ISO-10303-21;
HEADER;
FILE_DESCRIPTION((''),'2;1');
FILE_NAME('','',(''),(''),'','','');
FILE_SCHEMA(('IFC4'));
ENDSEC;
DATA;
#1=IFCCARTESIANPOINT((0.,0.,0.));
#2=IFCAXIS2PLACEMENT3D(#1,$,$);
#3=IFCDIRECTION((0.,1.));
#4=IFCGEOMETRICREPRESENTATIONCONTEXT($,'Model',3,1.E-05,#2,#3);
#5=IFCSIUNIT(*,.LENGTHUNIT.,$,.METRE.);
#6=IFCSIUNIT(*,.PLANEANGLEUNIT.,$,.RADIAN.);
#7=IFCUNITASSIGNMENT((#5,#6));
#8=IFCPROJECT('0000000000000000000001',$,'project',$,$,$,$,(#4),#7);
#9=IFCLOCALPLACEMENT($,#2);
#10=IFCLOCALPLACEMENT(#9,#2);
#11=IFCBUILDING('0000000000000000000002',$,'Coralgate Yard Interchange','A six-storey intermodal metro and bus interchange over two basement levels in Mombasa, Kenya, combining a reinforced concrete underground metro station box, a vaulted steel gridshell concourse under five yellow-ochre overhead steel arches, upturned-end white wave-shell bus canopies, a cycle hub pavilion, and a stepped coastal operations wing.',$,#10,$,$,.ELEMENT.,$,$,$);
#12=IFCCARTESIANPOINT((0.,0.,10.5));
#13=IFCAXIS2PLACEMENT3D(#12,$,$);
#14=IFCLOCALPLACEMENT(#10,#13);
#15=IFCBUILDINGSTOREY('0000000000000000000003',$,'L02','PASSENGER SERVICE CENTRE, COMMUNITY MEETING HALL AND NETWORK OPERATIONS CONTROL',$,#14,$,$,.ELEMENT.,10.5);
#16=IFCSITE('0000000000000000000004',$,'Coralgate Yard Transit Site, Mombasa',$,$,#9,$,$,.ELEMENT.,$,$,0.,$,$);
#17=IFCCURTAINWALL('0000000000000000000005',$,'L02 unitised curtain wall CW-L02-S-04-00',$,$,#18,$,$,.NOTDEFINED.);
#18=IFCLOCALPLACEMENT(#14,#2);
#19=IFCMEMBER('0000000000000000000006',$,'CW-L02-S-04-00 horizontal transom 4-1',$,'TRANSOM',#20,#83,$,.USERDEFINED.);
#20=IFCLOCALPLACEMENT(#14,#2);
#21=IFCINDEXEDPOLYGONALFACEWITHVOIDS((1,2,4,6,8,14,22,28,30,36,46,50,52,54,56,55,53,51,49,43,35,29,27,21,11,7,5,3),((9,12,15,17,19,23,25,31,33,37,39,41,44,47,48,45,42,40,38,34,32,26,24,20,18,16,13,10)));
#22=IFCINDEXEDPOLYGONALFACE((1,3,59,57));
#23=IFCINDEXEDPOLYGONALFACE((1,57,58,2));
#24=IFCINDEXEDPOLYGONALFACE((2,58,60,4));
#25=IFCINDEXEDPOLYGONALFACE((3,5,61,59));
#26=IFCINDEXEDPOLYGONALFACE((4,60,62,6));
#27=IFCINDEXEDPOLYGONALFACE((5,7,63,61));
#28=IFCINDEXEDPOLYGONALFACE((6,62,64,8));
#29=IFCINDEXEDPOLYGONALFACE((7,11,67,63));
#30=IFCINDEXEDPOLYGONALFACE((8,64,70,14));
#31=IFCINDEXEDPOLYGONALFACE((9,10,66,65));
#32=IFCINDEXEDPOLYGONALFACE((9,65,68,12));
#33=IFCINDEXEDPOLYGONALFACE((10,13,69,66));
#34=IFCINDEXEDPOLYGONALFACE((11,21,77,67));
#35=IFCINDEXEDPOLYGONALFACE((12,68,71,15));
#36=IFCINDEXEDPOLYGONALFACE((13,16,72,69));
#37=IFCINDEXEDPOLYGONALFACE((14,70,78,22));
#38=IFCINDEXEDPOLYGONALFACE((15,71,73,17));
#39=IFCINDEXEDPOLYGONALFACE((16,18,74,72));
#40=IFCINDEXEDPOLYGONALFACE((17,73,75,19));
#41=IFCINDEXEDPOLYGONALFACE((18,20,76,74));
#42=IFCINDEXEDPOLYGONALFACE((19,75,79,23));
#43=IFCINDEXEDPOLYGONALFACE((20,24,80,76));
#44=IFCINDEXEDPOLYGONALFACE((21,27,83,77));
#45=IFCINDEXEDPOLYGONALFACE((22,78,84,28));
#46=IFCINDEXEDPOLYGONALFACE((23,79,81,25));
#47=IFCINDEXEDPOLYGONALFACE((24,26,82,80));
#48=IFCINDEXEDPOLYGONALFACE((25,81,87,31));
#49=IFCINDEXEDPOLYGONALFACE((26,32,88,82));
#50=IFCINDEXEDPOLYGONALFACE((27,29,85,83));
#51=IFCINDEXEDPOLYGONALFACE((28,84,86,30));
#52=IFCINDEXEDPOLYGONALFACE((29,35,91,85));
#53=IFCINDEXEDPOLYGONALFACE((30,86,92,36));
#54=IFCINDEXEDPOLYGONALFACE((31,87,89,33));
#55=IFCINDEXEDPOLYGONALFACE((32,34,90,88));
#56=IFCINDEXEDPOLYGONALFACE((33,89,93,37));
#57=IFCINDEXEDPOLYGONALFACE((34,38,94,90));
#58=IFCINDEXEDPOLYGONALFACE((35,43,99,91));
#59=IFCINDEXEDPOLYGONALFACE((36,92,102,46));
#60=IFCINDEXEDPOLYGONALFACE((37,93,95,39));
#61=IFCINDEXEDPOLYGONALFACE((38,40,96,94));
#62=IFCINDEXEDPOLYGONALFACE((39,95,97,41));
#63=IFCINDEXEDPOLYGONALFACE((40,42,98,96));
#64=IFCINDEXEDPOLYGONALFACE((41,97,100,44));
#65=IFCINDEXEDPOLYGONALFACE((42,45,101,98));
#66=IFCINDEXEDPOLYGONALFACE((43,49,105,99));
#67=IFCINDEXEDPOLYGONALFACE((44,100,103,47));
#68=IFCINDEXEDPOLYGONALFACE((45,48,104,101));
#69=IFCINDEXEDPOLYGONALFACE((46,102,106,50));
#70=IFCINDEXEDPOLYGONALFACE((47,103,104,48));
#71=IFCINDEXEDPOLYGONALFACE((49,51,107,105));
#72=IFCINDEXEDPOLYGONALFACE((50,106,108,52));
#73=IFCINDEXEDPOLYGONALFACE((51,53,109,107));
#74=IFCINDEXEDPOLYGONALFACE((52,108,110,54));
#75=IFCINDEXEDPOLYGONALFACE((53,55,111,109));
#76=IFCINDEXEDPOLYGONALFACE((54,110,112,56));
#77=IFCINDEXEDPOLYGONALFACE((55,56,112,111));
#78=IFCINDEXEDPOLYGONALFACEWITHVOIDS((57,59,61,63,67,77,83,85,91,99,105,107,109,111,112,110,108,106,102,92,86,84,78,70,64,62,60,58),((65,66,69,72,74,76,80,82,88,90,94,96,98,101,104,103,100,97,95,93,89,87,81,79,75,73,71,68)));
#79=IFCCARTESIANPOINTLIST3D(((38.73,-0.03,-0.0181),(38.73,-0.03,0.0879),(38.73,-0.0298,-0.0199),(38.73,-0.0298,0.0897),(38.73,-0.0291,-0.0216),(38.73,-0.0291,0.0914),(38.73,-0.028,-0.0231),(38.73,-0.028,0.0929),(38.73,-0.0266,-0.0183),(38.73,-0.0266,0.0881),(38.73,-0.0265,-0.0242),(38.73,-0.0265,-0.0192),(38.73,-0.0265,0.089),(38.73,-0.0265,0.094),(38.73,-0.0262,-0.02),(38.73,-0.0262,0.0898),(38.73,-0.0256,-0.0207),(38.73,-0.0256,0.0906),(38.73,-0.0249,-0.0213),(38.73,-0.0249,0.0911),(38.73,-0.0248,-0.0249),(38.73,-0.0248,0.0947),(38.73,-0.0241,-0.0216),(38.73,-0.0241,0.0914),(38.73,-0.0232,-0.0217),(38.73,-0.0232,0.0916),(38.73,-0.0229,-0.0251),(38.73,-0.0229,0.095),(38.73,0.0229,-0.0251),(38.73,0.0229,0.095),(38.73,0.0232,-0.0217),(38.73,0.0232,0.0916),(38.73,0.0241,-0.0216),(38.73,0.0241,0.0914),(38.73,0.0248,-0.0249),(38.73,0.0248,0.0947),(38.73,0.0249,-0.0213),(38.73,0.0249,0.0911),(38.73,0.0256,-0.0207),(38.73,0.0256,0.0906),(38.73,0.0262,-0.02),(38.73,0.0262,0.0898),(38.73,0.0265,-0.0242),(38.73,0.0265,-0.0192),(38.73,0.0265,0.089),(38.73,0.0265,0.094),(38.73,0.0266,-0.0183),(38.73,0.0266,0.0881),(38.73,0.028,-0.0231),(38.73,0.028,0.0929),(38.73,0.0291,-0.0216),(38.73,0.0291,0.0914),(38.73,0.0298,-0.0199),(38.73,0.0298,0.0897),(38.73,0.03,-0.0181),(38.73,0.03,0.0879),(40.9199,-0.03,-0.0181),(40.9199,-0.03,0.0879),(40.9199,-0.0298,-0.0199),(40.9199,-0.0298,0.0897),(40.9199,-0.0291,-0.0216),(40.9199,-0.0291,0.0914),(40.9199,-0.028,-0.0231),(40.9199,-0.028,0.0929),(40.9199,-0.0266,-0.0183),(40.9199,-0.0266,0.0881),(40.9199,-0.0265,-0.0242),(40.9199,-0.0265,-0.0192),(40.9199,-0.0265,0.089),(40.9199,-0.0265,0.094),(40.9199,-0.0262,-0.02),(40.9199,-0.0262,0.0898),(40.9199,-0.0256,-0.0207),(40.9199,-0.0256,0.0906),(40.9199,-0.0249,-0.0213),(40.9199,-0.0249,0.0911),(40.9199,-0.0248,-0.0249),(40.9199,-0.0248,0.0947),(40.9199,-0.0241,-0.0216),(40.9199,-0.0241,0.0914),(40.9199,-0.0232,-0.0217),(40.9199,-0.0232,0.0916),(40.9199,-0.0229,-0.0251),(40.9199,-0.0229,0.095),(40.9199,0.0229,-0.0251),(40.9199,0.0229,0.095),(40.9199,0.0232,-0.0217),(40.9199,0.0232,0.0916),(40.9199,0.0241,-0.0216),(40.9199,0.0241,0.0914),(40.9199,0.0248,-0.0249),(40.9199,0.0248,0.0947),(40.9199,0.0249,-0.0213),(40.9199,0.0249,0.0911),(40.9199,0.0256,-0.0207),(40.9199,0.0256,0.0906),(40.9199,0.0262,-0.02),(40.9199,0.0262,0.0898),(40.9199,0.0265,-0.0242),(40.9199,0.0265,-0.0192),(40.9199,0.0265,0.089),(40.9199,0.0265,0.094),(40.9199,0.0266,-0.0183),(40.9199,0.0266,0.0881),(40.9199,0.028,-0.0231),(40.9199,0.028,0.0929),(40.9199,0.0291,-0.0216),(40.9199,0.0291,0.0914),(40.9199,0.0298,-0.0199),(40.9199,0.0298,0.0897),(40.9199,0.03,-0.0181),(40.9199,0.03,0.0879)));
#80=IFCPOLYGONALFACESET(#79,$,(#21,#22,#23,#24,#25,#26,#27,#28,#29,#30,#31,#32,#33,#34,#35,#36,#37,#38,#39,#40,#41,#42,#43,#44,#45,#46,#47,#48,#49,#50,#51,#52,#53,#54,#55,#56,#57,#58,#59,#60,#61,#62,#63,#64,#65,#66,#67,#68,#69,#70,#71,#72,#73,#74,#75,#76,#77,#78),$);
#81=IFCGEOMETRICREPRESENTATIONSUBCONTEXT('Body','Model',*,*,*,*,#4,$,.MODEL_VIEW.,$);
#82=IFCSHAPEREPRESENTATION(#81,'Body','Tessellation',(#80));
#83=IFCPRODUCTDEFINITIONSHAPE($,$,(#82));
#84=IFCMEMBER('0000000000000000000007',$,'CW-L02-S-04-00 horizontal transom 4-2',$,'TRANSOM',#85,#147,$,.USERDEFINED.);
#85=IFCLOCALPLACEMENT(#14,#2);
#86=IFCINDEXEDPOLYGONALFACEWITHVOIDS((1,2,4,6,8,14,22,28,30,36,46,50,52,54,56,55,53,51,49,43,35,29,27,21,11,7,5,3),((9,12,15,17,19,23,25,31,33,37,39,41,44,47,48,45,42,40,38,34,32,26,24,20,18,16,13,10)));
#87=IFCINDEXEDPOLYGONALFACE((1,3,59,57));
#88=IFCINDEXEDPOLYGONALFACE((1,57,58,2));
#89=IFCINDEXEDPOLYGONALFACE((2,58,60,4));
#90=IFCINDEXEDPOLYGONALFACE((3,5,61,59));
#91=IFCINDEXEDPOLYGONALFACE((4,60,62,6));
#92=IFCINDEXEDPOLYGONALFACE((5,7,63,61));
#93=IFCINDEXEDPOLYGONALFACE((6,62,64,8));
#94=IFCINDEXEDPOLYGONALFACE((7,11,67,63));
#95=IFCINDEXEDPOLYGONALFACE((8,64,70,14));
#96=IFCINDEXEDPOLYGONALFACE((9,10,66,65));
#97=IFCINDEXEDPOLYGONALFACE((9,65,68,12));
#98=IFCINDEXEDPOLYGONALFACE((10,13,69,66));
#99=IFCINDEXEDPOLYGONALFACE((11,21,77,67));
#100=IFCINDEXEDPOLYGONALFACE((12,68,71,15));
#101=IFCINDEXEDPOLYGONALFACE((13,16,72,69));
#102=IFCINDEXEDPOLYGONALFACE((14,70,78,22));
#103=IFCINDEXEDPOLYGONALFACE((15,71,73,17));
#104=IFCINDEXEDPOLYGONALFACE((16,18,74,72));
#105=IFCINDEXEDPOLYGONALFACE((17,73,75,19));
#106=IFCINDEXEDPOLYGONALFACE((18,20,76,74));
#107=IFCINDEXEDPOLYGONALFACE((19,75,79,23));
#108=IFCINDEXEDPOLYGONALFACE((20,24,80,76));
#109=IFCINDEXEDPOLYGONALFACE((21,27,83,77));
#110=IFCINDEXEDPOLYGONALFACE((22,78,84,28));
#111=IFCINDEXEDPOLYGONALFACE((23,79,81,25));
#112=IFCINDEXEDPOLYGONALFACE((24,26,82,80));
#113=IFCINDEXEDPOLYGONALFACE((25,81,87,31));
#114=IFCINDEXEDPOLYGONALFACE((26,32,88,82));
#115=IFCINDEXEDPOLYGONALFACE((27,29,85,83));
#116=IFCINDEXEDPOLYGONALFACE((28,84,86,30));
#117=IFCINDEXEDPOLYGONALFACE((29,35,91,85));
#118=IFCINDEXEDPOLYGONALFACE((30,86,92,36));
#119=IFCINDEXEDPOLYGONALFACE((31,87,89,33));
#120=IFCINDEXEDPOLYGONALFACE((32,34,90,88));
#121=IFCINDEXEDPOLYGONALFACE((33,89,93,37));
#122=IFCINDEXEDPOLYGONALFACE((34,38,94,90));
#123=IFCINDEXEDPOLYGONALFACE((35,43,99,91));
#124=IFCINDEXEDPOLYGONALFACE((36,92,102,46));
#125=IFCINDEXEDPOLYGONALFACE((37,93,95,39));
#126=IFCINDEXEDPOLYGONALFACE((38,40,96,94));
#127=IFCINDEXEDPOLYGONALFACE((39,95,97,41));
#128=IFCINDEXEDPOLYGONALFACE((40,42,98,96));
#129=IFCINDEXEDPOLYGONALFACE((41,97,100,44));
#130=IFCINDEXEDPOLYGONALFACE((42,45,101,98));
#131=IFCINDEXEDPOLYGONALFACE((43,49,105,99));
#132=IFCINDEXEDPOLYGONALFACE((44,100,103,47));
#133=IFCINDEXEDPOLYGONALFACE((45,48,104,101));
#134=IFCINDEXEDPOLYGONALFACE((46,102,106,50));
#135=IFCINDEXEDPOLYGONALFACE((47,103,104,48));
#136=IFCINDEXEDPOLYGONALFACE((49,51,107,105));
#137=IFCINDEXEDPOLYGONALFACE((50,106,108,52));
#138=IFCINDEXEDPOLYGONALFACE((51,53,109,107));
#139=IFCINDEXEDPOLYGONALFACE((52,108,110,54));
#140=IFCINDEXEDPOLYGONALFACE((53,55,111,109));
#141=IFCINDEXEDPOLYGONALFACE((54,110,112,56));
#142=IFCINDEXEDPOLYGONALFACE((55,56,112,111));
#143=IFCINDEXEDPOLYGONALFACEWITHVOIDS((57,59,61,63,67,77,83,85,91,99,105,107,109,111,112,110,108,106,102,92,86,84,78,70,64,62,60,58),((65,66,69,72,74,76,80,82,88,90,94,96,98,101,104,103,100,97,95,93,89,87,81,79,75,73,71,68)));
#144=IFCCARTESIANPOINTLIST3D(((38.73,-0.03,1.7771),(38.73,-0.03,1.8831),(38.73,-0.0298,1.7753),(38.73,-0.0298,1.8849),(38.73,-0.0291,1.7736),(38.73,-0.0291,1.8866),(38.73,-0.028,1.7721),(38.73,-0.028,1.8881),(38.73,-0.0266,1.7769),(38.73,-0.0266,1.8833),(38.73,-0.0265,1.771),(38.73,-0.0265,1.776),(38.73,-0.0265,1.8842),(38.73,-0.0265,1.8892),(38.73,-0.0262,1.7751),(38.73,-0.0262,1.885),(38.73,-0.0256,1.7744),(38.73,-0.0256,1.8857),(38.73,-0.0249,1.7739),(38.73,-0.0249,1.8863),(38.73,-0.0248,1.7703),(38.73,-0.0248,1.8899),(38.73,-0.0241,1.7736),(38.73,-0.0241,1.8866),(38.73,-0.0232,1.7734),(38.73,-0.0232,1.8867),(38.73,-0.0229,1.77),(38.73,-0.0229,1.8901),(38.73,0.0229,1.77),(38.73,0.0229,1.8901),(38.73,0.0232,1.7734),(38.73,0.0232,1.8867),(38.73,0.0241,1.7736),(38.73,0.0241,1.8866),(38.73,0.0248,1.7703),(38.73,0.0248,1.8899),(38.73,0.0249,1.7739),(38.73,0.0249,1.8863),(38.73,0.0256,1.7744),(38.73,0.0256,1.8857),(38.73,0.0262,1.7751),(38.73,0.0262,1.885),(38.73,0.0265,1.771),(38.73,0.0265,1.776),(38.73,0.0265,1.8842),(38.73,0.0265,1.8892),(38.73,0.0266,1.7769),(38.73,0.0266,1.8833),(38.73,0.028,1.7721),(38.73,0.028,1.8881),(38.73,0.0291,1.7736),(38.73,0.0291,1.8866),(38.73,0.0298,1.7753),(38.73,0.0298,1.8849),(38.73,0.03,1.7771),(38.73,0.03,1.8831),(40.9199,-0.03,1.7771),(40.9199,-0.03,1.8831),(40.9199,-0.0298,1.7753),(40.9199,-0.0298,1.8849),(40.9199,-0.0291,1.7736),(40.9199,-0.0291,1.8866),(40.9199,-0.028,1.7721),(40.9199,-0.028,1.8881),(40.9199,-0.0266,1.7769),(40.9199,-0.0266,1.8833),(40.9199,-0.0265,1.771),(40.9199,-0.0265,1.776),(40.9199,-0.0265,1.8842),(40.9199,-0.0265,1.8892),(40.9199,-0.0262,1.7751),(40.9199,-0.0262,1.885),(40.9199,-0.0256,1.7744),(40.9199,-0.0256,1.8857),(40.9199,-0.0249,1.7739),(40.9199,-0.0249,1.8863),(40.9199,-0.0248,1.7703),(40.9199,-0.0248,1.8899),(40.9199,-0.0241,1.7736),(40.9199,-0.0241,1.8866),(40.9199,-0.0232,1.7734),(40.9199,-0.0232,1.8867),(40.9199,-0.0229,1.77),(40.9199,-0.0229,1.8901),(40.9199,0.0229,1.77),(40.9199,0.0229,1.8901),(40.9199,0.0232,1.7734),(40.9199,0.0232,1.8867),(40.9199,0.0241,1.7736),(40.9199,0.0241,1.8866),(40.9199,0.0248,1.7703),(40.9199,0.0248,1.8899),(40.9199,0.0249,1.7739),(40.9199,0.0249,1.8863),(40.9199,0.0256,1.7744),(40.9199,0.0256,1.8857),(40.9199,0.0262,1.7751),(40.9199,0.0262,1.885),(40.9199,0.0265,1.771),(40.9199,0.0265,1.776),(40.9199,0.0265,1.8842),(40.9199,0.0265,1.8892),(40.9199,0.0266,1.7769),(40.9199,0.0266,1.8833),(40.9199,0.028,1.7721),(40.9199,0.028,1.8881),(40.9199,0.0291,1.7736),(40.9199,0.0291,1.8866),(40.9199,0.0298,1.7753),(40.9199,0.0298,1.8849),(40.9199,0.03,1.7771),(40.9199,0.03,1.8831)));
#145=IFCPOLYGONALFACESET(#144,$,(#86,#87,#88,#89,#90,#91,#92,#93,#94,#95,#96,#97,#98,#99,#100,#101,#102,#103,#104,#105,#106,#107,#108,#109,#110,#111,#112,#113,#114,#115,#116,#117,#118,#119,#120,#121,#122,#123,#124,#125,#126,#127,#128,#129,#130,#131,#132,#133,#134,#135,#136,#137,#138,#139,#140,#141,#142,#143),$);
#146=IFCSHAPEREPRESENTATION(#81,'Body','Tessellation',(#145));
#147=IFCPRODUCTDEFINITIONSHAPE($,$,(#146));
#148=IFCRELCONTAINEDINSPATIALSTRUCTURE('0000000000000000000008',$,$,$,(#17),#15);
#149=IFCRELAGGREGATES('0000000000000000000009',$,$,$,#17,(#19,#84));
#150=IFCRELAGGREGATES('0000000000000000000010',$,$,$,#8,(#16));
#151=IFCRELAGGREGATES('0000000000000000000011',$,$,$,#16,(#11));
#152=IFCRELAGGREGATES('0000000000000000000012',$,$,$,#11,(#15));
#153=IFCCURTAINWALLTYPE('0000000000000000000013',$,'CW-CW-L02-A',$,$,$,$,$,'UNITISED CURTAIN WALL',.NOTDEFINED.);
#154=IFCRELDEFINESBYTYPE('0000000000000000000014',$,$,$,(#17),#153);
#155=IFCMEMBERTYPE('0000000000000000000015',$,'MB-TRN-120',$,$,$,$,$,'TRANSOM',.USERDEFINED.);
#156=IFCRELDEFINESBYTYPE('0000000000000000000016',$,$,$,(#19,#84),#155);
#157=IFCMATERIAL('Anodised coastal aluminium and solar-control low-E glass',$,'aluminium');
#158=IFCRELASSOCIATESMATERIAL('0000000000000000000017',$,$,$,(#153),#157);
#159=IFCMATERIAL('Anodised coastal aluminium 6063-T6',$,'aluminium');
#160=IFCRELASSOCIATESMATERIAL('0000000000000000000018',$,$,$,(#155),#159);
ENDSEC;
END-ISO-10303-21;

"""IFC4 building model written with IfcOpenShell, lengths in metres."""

from ifc_helpers import new_model, si_unit, direction, frame, origin, origin_2d, place, context, subcontext, project, spatial, hollow_rectangle, extrude, material, material_profile, profile_set, type_object, element, aggregate, save


model = new_model("IFC4")

# Units and contexts
model_context = context("Model", 3, precision=1e-05, world=origin(), true_north=direction((0.0, 1.0)))
body_context = subcontext(model_context, "Body", "Model", "MODEL_VIEW")
ifc_project = project(units=[si_unit("LENGTHUNIT", "METRE"), si_unit("PLANEANGLEUNIT", "RADIAN")], contexts=[model_context])

# Site, building, storey
site_placement = place(None, origin())
site = spatial("IfcSite", under=ifc_project, at=site_placement, Name="Coralgate Yard Transit Site, Mombasa", CompositionType="ELEMENT", RefElevation=0.0)
building_placement = place(site_placement, origin())
building = spatial("IfcBuilding", under=site, at=building_placement, Name="Coralgate Yard Interchange", Description="A six-storey intermodal metro and bus interchange over two basement levels in Mombasa, Kenya, combining a reinforced concrete underground metro station box, a vaulted steel gridshell concourse under five yellow-ochre overhead steel arches, upturned-end white wave-shell bus canopies, a cycle hub pavilion, and a stepped coastal operations wing.", CompositionType="ELEMENT")
storey_placement = place(building_placement, frame((0.0, 0.0, 10.5)))
storey = spatial("IfcBuildingStorey", under=building, at=storey_placement, Name="L02", Description="PASSENGER SERVICE CENTRE, COMMUNITY MEETING HALL AND NETWORK OPERATIONS CONTROL", CompositionType="ELEMENT", Elevation=10.5)

# Shared definitions
ifc_material_1 = material(Name="Anodised coastal aluminium and solar-control low-E glass", Category="aluminium")
curtain_wall_type = type_object("IfcCurtainWallType", Name="CW-CW-L02-A", ElementType="UNITISED CURTAIN WALL", PredefinedType="NOTDEFINED", material=ifc_material_1)
ifc_material_2 = material(Name="Anodised coastal aluminium 6063-T6", Category="aluminium")

# Curtain wall
curtain_wall_1_placement = place(storey_placement, origin())
curtain_wall_1 = element("IfcCurtainWall", 1, at=curtain_wall_1_placement, inside=storey, type_object=curtain_wall_type, Name="L02 unitised curtain wall CW-L02-S-04-00", PredefinedType="NOTDEFINED")

# Members
ifc_material_profile_1 = material_profile(ifc_material_2, hollow_rectangle(XDim=0.0601, YDim=0.1201, WallThickness=0.0034, InnerFilletRadius=0.0034, OuterFilletRadius=0.0071, at=origin_2d()), Name="ALU 60x120x3.5")
ifc_profile_set_1 = profile_set([ifc_material_profile_1], Name="Anodised coastal aluminium 6063-T6")
member_type_1 = type_object("IfcMemberType", Name="MB-TRN-120", ElementType="TRANSOM", PredefinedType="USERDEFINED", material=ifc_profile_set_1)
member_1_placement = place(storey_placement, frame((40.9199, 0.0, 0.0349), z_axis=(-1.0, 0.0, 0.0), x_axis=(0.0, -1.0, 0.0)))
member_1 = element("IfcMember", 2, at=member_1_placement, type_object=member_type_1, Name="CW-L02-S-04-00 horizontal transom 4-1", ObjectType="TRANSOM", PredefinedType="USERDEFINED", context=body_context, shape_type="SweptSolid", body=[
    extrude(hollow_rectangle(XDim=0.0601, YDim=0.1201, WallThickness=0.0034, InnerFilletRadius=0.0034, OuterFilletRadius=0.0071, at=origin_2d()), origin(), (0.0, 0.0, 1.0), 2.1899),
])
member_2_placement = place(storey_placement, frame((40.9199, 0.0, 1.8301), z_axis=(-1.0, 0.0, 0.0), x_axis=(0.0, -1.0, 0.0)))
member_2 = element("IfcMember", 3, at=member_2_placement, type_object=member_type_1, Name="CW-L02-S-04-00 horizontal transom 4-2", ObjectType="TRANSOM", PredefinedType="USERDEFINED", context=body_context, shape_type="SweptSolid", body=[
    extrude(hollow_rectangle(XDim=0.0601, YDim=0.1201, WallThickness=0.0034, InnerFilletRadius=0.0034, OuterFilletRadius=0.0071, at=origin_2d()), origin(), (0.0, 0.0, 1.0), 2.1899),
])

aggregate(curtain_wall_1, [member_1, member_2])

save(model, "model.ifc")
